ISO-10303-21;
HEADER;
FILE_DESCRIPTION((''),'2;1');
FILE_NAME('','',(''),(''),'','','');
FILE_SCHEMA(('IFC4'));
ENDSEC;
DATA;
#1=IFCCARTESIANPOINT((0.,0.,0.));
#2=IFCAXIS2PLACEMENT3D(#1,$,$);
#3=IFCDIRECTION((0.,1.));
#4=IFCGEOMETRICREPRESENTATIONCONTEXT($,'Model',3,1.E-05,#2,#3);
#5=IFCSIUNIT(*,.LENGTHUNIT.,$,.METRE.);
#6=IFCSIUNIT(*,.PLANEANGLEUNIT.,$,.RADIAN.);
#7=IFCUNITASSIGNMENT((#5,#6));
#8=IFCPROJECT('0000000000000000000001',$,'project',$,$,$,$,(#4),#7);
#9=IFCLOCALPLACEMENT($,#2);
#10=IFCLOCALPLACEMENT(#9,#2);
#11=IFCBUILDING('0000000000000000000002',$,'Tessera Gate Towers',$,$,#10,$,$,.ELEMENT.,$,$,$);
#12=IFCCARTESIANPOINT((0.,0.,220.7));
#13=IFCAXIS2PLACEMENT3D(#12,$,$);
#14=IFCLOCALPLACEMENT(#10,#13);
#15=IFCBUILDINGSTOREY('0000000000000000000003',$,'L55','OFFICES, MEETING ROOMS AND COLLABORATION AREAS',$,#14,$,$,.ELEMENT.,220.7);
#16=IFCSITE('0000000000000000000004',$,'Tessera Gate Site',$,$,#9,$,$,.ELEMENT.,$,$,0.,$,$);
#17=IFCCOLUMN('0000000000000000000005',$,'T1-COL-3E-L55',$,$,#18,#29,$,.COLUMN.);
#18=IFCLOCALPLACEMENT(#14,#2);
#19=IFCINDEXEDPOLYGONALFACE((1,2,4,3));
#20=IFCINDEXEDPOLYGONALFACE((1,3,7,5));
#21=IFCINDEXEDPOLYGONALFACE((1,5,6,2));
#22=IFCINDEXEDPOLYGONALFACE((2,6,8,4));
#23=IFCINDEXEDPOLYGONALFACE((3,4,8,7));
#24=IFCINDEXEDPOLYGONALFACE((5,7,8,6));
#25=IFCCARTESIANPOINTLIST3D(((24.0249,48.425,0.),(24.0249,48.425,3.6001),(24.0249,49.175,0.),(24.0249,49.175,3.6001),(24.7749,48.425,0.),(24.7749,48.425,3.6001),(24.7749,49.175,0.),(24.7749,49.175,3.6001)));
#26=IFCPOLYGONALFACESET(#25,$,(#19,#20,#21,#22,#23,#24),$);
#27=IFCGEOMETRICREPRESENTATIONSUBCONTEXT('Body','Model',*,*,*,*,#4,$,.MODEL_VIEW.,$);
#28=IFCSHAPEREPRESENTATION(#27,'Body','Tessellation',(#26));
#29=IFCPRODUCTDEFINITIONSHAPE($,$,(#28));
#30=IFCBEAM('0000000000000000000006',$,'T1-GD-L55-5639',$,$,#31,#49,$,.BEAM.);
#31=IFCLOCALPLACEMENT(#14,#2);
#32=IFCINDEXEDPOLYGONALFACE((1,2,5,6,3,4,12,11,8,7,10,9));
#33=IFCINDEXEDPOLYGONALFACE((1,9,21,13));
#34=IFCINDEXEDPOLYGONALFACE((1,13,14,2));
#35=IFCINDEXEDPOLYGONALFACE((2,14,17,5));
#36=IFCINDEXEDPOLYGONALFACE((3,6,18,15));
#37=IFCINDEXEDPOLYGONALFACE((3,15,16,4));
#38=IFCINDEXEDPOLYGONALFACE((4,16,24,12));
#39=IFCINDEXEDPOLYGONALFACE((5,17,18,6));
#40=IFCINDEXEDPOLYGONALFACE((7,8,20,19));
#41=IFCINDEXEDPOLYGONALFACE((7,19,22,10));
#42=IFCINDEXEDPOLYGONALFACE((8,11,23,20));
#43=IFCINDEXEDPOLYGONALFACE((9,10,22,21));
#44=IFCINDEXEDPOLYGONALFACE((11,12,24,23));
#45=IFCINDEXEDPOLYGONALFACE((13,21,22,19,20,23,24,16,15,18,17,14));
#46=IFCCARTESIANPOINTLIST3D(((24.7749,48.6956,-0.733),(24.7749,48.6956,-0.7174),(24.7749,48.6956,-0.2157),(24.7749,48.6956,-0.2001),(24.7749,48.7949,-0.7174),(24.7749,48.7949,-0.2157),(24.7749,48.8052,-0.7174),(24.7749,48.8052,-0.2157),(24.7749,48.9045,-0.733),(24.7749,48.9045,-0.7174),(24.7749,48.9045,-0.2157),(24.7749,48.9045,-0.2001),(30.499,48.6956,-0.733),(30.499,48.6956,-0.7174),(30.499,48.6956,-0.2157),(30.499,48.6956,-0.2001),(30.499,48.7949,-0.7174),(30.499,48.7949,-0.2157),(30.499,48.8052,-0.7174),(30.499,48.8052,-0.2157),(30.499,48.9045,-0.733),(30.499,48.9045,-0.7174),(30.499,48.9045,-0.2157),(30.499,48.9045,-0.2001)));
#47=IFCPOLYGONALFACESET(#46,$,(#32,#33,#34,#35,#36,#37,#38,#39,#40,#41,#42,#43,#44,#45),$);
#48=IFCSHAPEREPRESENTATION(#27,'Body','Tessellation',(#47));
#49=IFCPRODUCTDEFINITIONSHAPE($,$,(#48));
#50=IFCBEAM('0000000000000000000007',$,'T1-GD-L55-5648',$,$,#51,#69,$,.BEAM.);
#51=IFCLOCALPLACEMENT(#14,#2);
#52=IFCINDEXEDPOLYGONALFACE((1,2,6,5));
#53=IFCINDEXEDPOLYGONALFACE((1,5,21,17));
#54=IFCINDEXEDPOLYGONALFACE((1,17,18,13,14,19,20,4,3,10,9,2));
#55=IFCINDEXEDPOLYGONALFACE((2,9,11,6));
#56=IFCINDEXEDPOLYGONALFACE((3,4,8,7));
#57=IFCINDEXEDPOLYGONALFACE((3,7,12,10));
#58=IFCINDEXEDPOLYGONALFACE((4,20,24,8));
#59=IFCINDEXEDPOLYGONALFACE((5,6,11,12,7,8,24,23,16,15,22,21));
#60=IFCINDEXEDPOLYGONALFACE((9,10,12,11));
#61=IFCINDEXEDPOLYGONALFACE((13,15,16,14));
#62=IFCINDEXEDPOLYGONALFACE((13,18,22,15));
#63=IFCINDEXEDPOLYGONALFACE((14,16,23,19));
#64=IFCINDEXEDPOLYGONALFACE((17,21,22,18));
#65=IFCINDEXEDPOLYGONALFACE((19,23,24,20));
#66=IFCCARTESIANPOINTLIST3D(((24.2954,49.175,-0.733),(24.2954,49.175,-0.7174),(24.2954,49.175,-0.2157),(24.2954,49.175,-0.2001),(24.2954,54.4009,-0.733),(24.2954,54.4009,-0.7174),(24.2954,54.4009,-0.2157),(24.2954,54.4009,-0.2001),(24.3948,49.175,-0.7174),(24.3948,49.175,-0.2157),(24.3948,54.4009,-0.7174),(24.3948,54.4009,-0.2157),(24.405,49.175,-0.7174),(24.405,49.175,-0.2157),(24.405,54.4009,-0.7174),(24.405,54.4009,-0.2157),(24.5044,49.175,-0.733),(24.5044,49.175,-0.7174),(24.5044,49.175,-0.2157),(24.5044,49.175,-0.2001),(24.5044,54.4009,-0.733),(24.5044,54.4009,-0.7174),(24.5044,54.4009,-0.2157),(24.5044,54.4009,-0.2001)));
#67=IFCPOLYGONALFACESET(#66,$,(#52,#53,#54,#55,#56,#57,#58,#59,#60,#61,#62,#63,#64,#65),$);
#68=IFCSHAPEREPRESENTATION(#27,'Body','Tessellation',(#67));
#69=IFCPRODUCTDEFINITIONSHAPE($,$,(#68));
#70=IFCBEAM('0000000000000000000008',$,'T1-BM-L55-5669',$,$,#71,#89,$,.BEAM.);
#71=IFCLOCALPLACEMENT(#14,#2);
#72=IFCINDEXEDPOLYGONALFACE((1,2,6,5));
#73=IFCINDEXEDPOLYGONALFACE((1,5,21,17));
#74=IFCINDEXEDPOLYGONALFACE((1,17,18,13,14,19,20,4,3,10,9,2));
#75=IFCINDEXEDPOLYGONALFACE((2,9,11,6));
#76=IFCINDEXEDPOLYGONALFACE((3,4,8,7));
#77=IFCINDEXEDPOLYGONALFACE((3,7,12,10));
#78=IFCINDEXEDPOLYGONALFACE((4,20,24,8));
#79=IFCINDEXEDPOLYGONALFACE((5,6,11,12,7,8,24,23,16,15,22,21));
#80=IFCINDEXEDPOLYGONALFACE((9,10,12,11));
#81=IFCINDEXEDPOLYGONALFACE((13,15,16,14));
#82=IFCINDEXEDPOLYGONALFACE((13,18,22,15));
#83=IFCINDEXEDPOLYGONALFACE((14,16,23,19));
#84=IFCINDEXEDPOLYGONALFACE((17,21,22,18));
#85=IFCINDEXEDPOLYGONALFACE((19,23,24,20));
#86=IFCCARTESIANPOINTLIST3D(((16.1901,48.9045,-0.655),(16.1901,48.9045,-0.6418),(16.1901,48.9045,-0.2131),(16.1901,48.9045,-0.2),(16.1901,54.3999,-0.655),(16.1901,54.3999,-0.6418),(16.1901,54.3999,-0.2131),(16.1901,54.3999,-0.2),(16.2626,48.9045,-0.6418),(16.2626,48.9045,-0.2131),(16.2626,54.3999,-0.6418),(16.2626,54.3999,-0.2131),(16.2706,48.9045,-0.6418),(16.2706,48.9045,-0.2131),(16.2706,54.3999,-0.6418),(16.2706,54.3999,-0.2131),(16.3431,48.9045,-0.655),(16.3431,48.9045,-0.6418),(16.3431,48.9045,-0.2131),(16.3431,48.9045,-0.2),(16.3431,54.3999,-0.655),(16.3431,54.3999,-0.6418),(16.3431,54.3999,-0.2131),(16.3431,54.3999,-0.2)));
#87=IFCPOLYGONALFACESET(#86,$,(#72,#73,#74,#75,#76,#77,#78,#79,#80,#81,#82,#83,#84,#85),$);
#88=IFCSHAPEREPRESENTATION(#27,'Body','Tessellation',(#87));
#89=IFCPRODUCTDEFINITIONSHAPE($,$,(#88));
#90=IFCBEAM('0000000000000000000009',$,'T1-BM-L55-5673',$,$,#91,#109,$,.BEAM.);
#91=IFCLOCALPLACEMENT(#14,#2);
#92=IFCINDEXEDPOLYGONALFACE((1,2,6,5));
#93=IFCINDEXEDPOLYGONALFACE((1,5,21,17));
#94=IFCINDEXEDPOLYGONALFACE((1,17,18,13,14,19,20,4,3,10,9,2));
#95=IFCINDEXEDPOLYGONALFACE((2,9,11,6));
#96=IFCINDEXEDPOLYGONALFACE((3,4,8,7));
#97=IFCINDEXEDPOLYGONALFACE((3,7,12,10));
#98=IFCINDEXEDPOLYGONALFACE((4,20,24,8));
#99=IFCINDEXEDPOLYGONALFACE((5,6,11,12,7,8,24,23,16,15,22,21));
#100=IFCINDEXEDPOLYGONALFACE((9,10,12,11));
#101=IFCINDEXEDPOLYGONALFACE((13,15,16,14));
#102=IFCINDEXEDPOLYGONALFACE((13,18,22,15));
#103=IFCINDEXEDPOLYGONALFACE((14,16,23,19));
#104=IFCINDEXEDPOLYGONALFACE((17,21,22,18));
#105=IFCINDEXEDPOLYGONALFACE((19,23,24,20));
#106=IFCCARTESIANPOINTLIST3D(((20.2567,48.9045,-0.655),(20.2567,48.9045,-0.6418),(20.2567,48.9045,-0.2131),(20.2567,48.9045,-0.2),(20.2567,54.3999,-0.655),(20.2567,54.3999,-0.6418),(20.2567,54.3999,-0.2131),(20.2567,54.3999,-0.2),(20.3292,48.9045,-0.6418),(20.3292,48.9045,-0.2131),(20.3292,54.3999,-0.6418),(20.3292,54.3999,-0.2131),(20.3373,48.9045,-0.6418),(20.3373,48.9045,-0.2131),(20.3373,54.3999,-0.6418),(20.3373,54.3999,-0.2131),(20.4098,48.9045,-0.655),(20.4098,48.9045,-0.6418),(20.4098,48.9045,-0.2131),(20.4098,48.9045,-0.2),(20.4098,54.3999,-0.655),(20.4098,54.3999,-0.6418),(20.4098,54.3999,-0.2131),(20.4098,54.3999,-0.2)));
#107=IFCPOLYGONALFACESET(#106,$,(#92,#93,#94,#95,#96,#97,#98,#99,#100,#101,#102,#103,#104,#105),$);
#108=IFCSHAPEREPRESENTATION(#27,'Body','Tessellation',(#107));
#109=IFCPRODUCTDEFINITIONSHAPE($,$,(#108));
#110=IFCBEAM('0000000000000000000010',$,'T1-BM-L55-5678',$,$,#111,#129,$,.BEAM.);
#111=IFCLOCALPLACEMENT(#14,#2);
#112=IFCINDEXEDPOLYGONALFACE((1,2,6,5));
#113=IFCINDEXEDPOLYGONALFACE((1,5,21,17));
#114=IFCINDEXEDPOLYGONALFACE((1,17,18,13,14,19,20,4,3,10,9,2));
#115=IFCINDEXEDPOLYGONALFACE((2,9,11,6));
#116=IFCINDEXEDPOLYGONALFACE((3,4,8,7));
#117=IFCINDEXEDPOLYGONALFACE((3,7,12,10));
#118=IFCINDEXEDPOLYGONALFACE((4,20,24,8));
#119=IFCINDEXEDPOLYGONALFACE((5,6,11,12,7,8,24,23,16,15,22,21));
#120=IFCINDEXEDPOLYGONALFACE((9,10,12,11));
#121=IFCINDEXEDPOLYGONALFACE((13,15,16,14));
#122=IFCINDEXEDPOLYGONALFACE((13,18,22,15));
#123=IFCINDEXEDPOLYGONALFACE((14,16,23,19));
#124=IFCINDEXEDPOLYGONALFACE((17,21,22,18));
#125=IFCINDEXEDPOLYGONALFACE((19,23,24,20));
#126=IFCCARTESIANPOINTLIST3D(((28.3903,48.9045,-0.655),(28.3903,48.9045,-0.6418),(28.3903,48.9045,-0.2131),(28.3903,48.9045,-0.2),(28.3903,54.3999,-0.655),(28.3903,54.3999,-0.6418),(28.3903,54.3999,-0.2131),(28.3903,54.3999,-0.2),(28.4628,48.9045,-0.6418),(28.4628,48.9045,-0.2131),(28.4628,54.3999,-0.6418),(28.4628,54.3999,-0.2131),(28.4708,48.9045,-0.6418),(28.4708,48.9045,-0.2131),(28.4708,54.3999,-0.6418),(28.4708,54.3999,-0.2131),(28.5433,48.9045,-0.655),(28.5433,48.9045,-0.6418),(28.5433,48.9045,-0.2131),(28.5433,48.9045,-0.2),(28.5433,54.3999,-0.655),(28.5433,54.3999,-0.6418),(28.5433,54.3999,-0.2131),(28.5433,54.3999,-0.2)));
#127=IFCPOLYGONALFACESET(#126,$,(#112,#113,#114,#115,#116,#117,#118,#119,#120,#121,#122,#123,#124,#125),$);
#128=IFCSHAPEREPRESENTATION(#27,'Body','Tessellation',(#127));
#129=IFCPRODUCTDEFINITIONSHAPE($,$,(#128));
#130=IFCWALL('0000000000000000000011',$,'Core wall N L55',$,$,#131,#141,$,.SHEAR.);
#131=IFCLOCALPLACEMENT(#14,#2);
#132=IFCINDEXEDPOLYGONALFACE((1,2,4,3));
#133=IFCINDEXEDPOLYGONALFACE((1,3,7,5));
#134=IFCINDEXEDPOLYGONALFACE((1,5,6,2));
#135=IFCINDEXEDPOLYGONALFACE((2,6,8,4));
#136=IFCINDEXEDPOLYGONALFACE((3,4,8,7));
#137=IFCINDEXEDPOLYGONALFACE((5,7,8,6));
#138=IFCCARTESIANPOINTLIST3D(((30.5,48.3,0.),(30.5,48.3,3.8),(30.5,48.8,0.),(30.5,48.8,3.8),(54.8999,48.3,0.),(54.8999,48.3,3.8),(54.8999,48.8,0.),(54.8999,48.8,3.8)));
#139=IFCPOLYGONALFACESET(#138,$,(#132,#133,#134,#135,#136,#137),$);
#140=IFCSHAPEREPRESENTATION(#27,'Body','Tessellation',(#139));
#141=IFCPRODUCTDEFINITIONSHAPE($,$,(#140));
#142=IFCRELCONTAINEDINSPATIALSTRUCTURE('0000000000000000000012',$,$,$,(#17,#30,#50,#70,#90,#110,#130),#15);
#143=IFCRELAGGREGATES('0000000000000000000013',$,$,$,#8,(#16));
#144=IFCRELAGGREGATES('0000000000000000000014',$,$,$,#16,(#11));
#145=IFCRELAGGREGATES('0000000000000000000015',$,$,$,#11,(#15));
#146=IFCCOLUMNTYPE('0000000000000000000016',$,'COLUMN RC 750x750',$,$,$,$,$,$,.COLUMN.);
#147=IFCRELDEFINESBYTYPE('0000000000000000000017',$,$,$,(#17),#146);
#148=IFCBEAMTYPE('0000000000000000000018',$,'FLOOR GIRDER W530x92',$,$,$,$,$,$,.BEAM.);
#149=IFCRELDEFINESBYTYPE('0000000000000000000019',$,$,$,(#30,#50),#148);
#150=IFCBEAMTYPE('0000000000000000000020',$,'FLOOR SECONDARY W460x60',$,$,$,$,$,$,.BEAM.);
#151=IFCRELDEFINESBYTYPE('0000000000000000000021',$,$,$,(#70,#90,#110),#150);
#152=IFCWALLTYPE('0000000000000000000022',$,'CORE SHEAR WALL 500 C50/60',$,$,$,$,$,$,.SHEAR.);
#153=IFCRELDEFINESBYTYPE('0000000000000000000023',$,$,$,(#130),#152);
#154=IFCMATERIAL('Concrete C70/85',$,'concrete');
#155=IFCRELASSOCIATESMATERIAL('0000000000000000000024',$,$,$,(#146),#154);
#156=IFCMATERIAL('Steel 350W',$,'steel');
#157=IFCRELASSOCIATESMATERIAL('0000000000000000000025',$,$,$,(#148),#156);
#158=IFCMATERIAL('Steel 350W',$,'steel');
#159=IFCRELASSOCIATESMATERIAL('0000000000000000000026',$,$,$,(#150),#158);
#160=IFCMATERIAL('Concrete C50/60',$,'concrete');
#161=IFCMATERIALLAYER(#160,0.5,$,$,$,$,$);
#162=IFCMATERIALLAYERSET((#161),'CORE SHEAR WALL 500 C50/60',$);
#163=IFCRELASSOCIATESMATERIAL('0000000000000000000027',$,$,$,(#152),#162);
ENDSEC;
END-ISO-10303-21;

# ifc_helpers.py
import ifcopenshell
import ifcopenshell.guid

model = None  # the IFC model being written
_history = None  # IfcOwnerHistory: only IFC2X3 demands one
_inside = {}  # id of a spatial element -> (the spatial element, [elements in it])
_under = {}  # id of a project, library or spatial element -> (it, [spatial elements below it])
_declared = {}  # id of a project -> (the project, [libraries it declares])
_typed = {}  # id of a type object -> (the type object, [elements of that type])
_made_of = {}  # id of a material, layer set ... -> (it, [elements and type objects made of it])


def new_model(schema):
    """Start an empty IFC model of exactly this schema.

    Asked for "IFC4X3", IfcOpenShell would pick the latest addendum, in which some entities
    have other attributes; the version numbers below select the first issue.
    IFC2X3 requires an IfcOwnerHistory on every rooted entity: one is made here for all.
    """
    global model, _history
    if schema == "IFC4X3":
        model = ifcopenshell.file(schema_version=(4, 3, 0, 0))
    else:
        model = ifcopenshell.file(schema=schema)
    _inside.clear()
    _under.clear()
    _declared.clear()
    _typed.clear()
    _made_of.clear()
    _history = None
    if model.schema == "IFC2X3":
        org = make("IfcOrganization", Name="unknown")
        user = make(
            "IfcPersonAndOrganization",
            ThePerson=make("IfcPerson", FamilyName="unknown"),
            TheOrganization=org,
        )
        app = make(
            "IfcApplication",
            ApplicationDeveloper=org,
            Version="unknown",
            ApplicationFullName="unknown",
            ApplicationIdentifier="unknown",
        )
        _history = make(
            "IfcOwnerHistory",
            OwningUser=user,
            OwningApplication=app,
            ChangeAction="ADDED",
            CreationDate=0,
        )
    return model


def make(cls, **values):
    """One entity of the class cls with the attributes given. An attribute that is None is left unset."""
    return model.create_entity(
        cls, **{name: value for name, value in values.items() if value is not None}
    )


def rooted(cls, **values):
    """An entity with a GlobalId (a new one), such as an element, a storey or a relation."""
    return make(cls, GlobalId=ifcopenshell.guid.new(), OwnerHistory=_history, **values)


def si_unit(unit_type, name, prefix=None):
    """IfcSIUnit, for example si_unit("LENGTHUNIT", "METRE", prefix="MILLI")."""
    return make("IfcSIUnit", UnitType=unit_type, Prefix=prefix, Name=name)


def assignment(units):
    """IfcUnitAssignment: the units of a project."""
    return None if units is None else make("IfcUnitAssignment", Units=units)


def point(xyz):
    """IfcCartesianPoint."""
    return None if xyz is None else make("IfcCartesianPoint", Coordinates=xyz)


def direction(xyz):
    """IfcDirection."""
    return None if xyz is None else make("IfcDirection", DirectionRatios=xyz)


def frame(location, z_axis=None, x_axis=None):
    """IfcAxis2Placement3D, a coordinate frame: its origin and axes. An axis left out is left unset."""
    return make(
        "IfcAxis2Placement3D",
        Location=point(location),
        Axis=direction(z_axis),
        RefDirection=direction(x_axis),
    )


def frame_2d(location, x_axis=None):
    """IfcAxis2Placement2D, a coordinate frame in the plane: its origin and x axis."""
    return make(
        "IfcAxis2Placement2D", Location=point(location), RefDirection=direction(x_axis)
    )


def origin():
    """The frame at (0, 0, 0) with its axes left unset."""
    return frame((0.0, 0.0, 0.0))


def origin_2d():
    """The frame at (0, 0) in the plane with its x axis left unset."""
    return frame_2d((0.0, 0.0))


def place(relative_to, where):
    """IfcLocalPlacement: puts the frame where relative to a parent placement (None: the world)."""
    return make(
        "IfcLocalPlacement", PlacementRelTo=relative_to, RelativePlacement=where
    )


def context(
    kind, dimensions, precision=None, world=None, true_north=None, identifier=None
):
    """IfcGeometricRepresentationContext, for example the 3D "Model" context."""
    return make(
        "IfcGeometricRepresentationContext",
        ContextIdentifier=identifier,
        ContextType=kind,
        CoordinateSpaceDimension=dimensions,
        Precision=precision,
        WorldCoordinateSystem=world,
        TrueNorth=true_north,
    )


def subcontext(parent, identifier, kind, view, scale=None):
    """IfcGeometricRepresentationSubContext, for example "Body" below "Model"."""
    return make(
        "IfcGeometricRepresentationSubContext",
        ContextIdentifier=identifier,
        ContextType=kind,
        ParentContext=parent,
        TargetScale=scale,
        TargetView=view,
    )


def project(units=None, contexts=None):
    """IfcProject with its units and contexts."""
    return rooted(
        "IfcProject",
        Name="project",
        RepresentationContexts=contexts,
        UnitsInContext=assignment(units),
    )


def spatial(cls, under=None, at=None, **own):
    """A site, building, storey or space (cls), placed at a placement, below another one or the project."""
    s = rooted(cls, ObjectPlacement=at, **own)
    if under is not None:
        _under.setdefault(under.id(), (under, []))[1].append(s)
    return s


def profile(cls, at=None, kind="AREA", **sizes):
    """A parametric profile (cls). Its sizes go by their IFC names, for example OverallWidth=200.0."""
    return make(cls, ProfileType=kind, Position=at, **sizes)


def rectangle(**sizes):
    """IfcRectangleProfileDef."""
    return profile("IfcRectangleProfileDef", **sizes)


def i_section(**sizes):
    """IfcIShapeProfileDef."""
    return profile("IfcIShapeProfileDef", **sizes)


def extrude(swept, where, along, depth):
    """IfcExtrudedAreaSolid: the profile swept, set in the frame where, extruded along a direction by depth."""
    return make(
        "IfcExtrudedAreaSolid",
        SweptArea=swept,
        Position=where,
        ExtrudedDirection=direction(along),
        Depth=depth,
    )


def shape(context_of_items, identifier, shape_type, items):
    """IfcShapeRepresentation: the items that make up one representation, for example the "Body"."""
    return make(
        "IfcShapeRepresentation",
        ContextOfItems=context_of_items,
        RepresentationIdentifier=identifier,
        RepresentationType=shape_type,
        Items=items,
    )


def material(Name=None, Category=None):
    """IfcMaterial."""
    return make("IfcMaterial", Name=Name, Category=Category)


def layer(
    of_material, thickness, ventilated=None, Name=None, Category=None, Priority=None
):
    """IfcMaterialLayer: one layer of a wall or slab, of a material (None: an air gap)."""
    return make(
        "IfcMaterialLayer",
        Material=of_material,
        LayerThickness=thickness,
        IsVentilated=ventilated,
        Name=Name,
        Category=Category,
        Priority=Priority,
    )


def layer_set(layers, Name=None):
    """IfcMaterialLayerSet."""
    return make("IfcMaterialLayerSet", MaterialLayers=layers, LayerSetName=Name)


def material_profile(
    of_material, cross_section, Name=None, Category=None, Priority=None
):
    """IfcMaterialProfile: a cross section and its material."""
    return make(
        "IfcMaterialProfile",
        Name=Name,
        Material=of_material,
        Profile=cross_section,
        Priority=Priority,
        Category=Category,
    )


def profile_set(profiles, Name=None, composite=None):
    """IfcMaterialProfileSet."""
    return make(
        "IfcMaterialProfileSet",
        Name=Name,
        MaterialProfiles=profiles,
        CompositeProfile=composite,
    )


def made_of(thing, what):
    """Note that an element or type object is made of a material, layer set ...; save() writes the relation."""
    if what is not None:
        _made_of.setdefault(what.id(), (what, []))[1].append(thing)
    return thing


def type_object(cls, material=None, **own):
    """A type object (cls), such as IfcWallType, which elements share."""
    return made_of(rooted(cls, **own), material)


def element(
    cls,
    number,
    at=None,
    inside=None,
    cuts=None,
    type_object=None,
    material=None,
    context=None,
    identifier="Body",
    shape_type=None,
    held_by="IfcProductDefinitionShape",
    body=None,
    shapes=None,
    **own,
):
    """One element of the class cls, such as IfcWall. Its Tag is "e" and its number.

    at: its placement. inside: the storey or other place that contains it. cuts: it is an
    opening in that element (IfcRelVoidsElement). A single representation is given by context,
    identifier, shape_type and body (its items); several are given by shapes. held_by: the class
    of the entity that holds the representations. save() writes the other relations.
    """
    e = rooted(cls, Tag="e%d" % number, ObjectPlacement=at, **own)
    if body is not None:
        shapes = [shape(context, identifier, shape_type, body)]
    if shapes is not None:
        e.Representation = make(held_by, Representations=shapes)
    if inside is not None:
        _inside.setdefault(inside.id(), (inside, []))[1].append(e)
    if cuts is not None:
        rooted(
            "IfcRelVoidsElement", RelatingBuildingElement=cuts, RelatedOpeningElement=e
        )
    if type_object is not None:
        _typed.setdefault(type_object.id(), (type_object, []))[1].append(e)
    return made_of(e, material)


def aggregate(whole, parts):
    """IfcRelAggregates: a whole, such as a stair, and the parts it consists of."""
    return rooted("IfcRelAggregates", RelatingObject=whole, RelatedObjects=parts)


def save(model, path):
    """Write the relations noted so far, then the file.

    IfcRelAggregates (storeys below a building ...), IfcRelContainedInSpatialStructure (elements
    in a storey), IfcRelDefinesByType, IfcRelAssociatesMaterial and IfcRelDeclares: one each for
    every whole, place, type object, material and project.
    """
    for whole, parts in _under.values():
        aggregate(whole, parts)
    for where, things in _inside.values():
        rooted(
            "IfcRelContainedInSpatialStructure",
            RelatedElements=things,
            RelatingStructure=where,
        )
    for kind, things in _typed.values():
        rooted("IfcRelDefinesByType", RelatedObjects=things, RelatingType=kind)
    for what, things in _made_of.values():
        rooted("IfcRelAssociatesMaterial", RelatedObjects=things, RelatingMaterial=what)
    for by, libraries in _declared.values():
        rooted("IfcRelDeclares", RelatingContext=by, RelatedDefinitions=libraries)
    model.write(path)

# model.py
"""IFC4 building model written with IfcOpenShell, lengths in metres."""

from ifc_helpers import new_model, si_unit, direction, frame, frame_2d, origin, origin_2d, place, context, subcontext, project, spatial, rectangle, i_section, extrude, material, layer, layer_set, material_profile, profile_set, type_object, element, save


model = new_model("IFC4")

# Units and contexts
model_context = context("Model", 3, precision=1e-05, world=origin(), true_north=direction((0.0, 1.0)))
body_context = subcontext(model_context, "Body", "Model", "MODEL_VIEW")
ifc_project = project(units=[si_unit("LENGTHUNIT", "METRE"), si_unit("PLANEANGLEUNIT", "RADIAN")], contexts=[model_context])

# Site, building, storey
site_placement = place(None, origin())
site = spatial("IfcSite", under=ifc_project, at=site_placement, Name="Tessera Gate Site", CompositionType="ELEMENT", RefElevation=0.0)
building_placement = place(site_placement, origin())
building = spatial("IfcBuilding", under=site, at=building_placement, Name="Tessera Gate Towers", CompositionType="ELEMENT")
storey_placement = place(building_placement, frame((0.0, 0.0, 220.7)))
storey = spatial("IfcBuildingStorey", under=building, at=storey_placement, Name="L55", Description="OFFICES, MEETING ROOMS AND COLLABORATION AREAS", CompositionType="ELEMENT", Elevation=220.7)

# Column
ifc_material_1 = material(Name="Concrete C70/85", Category="concrete")
ifc_material_profile_1 = material_profile(ifc_material_1, rectangle(XDim=0.75, YDim=0.75, at=origin_2d()), Name="RC 750x750")
ifc_profile_set_1 = profile_set([ifc_material_profile_1], Name="Concrete C70/85")
column_type = type_object("IfcColumnType", Name="COLUMN RC 750x750", PredefinedType="COLUMN", material=ifc_profile_set_1)
column_placement = place(storey_placement, frame((24.3999, 48.8, 0.0), z_axis=(0.0, 0.0, 1.0), x_axis=(1.0, 0.0, 0.0)))
element("IfcColumn", 1, at=column_placement, inside=storey, type_object=column_type, Name="T1-COL-3E-L55", PredefinedType="COLUMN", context=body_context, shape_type="SweptSolid", body=[
    extrude(rectangle(XDim=0.75, YDim=0.75, at=origin_2d()), origin(), (0.0, 0.0, 1.0), 3.6001),
])

# Beams
ifc_material_2 = material(Name="Steel 350W", Category="steel")
ifc_material_profile_2 = material_profile(ifc_material_2, i_section(OverallWidth=0.209, OverallDepth=0.533, WebThickness=0.0103, FlangeThickness=0.0156, at=origin_2d()), Name="W530x92")
ifc_profile_set_2 = profile_set([ifc_material_profile_2], Name="Steel 350W")
beam_type_1 = type_object("IfcBeamType", Name="FLOOR GIRDER W530x92", PredefinedType="BEAM", material=ifc_profile_set_2)
beam_1_placement = place(storey_placement, frame((24.7749, 48.8, -0.4666), z_axis=(1.0, 0.0, 0.0), x_axis=(0.0, 1.0, 0.0)))
element("IfcBeam", 2, at=beam_1_placement, inside=storey, type_object=beam_type_1, Name="T1-GD-L55-5639", PredefinedType="BEAM", context=body_context, shape_type="SweptSolid", body=[
    extrude(i_section(OverallWidth=0.209, OverallDepth=0.533, WebThickness=0.0103, FlangeThickness=0.0156, at=origin_2d()), origin(), (0.0, 0.0, 1.0), 5.7241),
])
beam_2_placement = place(storey_placement, frame((24.3999, 49.175, -0.4666), z_axis=(0.0, 1.0, 0.0), x_axis=(-1.0, 0.0, 0.0)))
element("IfcBeam", 3, at=beam_2_placement, inside=storey, type_object=beam_type_1, Name="T1-GD-L55-5648", PredefinedType="BEAM", context=body_context, shape_type="SweptSolid", body=[
    extrude(i_section(OverallWidth=0.209, OverallDepth=0.533, WebThickness=0.0103, FlangeThickness=0.0156, at=origin_2d()), origin(), (0.0, 0.0, 1.0), 5.2258),
])
ifc_material_3 = material(Name="Steel 350W", Category="steel")
ifc_material_profile_3 = material_profile(ifc_material_3, i_section(OverallWidth=0.1531, OverallDepth=0.4551, WebThickness=0.0081, FlangeThickness=0.0132, at=origin_2d()), Name="W460x60")
ifc_profile_set_3 = profile_set([ifc_material_profile_3], Name="Steel 350W")
beam_type_2 = type_object("IfcBeamType", Name="FLOOR SECONDARY W460x60", PredefinedType="BEAM", material=ifc_profile_set_3)
for number, where, z_axis, x_axis, name in (
    (4, (16.2666, 48.9045, -0.4275), (0.0, 1.0, 0.0), (-1.0, 0.0, 0.0), "T1-BM-L55-5669"),
    (5, (20.3333, 48.9045, -0.4275), (0.0, 1.0, 0.0), (-1.0, 0.0, 0.0), "T1-BM-L55-5673"),
    (6, (28.4668, 48.9045, -0.4275), (0.0, 1.0, 0.0), (-1.0, 0.0, 0.0), "T1-BM-L55-5678"),
):
    element("IfcBeam", number, at=place(storey_placement, frame(where, z_axis=z_axis, x_axis=x_axis)), inside=storey, type_object=beam_type_2, Name=name, PredefinedType="BEAM", context=body_context, shape_type="SweptSolid", body=[
        extrude(i_section(OverallWidth=0.1531, OverallDepth=0.4551, WebThickness=0.0081, FlangeThickness=0.0132, at=origin_2d()), origin(), (0.0, 0.0, 1.0), 5.4954),
    ])

# Wall
ifc_material_4 = material(Name="Concrete C50/60", Category="concrete")
ifc_layer_1 = layer(ifc_material_4, 0.5)
ifc_layer_set_1 = layer_set([ifc_layer_1], Name="CORE SHEAR WALL 500 C50/60")
wall_type_1 = type_object("IfcWallType", Name="CORE SHEAR WALL 500 C50/60", PredefinedType="SHEAR", material=ifc_layer_set_1)
wall_1_placement = place(storey_placement, frame((30.5, 48.55, 0.0), z_axis=(0.0, 0.0, 1.0), x_axis=(1.0, 0.0, 0.0)))
element("IfcWall", 7, at=wall_1_placement, inside=storey, type_object=wall_type_1, Name="Core wall N L55", PredefinedType="SHEAR", context=body_context, shape_type="SweptSolid", body=[
    extrude(rectangle(XDim=24.3999, YDim=0.5, at=frame_2d((12.2, 0.0))), origin(), (0.0, 0.0, 1.0), 3.8),
])

save(model, "model.ifc")
